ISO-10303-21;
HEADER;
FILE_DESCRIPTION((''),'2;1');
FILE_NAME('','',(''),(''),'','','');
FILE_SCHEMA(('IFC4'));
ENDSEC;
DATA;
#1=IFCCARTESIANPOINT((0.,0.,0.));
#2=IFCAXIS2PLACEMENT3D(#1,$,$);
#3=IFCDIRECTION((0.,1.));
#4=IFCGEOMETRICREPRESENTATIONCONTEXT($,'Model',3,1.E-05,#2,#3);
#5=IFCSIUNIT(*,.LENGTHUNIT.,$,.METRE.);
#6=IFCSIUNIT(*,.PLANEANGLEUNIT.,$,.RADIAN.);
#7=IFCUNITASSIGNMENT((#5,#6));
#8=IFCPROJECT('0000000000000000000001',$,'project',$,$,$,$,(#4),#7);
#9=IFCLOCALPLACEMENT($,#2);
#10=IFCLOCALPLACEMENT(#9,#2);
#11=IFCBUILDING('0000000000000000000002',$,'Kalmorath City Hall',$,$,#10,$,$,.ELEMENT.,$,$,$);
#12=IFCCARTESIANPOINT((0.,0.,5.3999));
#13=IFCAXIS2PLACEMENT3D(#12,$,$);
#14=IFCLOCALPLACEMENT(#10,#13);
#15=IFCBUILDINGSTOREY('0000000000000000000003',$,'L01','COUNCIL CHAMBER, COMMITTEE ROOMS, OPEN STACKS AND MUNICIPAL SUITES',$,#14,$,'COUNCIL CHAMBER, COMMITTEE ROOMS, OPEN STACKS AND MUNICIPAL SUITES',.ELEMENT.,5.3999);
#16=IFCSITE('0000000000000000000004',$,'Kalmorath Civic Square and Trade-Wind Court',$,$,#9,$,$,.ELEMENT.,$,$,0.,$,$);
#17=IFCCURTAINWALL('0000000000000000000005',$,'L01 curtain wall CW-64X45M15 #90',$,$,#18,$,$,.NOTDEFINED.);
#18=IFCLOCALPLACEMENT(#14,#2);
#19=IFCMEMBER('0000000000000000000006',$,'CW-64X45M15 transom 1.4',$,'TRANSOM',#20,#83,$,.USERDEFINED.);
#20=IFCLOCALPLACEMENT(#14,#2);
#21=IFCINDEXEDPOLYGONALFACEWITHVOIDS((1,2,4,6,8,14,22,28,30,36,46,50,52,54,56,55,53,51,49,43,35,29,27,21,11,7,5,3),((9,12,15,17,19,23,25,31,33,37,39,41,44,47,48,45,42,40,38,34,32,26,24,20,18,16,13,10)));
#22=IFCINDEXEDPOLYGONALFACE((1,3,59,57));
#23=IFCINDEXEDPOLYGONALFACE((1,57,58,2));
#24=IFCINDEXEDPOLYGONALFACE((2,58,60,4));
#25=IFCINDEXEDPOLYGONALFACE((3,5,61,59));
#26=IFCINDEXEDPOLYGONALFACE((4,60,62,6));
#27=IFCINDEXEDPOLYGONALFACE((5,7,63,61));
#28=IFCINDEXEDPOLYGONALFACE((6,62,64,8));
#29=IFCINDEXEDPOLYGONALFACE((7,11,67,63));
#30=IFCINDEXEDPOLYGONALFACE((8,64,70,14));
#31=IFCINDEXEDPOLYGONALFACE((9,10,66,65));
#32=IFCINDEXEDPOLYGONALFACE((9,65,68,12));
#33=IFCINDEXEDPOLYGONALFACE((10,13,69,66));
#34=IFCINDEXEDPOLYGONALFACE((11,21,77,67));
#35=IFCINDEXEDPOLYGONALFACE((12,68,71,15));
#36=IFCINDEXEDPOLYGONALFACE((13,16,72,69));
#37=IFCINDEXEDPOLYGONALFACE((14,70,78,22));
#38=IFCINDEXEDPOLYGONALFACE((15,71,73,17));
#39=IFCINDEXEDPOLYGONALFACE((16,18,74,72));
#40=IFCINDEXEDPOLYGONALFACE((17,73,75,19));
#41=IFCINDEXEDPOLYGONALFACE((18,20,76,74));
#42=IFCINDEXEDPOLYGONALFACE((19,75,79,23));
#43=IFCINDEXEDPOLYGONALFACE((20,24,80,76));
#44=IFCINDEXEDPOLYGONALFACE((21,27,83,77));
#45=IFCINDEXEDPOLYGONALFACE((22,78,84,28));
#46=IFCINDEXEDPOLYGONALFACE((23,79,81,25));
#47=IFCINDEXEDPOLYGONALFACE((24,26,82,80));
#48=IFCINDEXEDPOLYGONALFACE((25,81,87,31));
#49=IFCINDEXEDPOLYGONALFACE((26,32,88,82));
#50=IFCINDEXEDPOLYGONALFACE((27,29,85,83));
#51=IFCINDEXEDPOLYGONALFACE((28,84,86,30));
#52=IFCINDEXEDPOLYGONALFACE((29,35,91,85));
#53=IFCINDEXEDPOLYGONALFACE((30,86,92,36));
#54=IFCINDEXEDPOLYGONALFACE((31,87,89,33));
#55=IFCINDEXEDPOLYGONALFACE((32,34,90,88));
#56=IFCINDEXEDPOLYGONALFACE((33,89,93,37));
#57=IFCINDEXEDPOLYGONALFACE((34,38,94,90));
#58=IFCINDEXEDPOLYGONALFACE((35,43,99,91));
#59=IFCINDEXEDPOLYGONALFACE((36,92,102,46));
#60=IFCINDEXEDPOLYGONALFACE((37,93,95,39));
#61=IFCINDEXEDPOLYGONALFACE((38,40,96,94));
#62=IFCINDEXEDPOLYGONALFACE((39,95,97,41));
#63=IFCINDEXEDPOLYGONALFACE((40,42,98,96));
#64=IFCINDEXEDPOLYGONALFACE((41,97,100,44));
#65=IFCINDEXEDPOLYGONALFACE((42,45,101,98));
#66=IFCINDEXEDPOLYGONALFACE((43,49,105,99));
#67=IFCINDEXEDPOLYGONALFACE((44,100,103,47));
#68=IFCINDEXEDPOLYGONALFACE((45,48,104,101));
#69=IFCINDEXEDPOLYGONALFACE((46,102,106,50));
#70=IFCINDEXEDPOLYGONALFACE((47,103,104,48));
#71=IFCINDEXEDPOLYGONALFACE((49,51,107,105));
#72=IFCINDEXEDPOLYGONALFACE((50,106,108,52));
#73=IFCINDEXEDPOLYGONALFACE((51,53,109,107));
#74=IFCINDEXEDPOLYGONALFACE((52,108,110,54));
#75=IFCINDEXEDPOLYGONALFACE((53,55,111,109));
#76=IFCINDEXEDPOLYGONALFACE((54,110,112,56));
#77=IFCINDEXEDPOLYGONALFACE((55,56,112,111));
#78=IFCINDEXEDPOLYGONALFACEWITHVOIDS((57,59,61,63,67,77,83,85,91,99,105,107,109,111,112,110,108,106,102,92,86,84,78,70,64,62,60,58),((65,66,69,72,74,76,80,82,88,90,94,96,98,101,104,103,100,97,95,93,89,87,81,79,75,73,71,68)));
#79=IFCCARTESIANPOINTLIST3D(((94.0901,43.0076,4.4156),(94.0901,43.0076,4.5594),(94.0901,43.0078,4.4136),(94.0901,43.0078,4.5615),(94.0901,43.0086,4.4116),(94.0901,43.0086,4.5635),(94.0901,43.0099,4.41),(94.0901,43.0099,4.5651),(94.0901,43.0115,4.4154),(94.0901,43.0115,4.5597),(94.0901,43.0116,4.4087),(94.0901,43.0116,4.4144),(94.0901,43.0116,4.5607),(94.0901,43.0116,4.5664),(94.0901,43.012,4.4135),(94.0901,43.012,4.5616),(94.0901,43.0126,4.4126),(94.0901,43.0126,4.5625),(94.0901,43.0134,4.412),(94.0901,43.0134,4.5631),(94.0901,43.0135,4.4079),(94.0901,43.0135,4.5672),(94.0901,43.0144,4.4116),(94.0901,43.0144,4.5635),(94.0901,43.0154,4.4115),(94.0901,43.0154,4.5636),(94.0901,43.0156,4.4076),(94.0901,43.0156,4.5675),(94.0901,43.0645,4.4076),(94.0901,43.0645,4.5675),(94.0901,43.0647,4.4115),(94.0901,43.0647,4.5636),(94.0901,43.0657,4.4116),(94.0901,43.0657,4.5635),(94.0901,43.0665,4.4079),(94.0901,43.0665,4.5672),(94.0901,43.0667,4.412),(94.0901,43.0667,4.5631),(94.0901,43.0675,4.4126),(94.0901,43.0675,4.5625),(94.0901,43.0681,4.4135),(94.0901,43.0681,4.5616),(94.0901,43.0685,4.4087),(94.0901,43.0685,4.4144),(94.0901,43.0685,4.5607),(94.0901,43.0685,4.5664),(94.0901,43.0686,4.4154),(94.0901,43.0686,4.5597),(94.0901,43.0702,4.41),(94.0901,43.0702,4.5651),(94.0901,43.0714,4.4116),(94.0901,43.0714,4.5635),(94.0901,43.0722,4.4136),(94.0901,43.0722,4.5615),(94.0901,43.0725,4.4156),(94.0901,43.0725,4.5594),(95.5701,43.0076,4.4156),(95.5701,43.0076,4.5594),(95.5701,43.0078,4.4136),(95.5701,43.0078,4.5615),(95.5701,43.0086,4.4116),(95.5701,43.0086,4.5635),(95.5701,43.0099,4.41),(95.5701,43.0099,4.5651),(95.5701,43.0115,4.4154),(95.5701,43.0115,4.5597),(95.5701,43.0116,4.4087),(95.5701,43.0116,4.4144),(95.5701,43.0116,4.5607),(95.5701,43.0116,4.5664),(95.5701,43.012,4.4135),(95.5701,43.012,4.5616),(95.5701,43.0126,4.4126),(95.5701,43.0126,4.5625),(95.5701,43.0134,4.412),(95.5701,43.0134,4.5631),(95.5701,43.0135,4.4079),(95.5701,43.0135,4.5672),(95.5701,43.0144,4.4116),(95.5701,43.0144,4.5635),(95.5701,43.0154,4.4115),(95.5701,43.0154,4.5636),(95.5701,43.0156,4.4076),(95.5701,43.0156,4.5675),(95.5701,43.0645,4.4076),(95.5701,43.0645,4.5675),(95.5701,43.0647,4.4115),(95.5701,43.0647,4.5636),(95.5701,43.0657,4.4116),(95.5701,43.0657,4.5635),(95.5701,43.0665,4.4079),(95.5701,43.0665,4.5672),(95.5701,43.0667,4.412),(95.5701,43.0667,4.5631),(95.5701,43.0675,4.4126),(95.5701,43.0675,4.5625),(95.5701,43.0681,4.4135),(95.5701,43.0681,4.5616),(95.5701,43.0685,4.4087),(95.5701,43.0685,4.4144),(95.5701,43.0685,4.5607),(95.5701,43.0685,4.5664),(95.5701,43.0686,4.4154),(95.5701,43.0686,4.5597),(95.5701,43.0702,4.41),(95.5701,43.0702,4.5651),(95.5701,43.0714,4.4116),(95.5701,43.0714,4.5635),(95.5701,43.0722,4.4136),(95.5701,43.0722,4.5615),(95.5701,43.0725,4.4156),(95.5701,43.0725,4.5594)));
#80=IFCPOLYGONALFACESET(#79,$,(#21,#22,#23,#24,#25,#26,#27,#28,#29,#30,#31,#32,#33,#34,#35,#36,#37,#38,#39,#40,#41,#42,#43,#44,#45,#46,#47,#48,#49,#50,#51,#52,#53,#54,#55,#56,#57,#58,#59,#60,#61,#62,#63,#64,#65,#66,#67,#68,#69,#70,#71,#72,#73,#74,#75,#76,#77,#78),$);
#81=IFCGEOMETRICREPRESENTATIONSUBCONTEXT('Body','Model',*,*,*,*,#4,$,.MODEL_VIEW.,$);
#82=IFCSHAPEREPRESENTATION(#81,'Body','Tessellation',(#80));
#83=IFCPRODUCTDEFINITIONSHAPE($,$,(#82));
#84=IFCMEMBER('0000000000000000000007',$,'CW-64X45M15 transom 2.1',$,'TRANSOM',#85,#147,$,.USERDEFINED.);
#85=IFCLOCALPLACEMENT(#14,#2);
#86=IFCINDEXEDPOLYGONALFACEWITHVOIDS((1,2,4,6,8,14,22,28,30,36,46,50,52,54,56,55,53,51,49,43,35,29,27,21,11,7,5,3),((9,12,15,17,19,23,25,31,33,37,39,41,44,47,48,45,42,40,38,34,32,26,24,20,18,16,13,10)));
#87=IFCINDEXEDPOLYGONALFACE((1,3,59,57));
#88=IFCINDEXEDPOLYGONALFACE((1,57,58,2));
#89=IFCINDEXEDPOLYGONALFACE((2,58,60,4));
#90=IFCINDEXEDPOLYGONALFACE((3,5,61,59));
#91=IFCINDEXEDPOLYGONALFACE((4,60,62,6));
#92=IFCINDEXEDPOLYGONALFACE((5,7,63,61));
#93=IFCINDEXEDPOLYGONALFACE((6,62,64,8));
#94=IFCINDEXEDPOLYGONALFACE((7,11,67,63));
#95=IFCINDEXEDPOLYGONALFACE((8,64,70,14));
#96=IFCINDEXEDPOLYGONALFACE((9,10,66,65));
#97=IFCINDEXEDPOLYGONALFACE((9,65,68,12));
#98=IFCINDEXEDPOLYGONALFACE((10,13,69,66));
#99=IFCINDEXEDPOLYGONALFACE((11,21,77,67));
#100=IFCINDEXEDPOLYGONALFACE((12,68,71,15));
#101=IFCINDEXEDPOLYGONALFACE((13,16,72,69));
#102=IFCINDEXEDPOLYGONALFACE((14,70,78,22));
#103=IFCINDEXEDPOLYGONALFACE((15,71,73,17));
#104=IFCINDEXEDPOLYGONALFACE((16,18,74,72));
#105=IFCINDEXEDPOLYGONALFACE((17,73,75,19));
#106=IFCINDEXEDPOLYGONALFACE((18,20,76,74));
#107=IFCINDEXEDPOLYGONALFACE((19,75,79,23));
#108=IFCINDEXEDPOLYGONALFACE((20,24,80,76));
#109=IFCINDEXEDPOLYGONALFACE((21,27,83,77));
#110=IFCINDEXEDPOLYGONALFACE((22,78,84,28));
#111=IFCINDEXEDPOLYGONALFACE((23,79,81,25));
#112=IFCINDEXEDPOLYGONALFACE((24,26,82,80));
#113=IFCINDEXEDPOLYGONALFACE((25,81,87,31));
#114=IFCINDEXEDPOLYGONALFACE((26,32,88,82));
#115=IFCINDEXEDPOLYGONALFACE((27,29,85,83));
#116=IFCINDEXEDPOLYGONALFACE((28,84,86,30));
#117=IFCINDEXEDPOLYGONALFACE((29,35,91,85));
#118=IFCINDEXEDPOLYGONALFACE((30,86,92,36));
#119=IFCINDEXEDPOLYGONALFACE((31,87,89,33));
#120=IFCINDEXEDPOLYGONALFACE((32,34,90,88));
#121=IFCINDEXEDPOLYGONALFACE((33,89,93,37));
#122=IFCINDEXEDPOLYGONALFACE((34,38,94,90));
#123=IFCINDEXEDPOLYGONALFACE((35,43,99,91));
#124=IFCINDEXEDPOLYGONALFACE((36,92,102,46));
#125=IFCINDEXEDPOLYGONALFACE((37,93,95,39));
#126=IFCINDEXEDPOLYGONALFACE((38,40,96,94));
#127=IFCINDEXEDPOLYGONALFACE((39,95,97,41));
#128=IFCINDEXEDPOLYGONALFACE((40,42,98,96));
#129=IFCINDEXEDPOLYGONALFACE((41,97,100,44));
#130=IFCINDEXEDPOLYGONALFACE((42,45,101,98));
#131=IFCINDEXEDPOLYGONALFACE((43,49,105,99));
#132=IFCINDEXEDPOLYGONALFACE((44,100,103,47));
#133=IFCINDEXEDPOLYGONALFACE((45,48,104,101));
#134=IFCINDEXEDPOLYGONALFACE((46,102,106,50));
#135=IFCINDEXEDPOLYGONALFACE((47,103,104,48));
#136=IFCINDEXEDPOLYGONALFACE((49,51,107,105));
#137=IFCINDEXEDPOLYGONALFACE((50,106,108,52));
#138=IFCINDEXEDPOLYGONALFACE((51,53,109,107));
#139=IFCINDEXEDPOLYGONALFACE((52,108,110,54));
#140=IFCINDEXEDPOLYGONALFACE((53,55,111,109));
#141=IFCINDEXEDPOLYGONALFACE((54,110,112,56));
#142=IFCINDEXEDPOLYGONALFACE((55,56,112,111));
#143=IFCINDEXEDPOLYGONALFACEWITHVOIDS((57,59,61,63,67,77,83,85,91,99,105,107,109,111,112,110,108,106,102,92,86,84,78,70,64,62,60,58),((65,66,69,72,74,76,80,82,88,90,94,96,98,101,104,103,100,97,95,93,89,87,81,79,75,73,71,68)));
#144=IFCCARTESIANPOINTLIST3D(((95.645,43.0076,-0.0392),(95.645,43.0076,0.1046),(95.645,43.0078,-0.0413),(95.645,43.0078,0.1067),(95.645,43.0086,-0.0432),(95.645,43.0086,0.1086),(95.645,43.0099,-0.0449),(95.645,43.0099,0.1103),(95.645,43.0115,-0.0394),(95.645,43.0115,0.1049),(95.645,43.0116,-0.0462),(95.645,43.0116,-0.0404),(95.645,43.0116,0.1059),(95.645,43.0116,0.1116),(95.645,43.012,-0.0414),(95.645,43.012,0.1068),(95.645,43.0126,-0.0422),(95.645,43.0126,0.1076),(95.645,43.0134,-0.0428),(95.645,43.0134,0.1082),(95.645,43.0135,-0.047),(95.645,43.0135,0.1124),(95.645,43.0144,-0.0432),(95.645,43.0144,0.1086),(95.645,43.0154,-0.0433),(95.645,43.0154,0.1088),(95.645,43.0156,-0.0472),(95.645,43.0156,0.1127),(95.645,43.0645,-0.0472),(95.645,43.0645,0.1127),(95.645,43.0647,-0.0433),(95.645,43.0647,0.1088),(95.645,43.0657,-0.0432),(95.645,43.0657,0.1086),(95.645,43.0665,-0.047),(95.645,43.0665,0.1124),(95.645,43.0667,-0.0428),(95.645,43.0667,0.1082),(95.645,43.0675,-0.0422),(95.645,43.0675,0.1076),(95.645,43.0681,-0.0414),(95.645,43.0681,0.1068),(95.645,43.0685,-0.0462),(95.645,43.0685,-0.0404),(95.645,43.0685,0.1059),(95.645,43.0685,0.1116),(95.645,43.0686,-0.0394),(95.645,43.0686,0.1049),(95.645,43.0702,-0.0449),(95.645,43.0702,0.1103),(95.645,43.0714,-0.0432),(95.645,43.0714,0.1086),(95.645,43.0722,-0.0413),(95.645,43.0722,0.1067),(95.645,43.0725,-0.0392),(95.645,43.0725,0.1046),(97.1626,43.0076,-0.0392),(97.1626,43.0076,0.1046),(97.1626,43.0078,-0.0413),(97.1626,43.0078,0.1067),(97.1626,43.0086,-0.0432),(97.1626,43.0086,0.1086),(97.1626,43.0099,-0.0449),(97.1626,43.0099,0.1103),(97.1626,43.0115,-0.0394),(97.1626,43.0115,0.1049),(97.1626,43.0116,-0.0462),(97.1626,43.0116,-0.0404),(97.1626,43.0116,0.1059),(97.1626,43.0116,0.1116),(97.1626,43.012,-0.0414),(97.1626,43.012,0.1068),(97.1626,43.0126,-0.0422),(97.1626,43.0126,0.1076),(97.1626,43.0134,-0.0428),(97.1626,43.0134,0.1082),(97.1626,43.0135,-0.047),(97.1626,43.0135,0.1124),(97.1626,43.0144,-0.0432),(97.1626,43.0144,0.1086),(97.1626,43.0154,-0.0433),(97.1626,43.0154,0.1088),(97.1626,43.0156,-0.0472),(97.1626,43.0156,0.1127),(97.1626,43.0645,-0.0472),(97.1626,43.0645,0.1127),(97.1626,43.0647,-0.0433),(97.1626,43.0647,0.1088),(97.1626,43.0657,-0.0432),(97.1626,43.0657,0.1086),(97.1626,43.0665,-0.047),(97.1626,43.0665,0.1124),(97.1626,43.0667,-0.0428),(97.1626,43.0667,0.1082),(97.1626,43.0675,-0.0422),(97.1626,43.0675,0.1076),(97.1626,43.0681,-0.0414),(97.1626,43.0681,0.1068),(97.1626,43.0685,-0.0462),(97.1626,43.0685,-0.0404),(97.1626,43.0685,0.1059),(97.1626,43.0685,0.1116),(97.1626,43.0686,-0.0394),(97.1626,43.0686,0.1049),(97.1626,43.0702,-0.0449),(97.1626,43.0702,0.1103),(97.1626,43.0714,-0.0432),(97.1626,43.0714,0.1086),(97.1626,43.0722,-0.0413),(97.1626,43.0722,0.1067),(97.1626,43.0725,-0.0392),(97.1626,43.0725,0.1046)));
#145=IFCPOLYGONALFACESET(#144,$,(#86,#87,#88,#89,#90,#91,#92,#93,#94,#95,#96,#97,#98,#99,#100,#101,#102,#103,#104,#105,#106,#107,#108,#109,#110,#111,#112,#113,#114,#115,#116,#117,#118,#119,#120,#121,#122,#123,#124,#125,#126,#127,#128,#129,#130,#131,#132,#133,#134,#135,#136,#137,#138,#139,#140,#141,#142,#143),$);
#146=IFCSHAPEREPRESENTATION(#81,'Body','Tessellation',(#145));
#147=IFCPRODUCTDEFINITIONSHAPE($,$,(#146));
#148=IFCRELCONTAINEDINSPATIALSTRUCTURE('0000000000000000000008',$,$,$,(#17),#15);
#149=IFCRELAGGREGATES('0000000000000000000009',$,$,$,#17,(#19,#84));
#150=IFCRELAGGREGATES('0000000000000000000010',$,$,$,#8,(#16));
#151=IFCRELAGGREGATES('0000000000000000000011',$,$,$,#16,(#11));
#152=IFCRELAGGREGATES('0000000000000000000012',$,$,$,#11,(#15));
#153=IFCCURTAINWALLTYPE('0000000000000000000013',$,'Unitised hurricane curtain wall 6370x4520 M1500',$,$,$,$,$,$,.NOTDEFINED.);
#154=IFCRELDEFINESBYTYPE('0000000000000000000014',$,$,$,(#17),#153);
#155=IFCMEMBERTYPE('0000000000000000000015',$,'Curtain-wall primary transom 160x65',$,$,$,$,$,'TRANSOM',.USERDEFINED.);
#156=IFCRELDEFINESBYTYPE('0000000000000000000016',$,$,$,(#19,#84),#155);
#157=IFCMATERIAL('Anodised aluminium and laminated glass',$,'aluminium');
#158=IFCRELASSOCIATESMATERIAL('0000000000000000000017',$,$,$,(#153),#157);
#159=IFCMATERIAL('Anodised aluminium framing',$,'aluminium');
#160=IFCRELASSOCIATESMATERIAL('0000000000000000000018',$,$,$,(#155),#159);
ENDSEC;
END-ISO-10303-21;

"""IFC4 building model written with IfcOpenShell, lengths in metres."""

from ifc_helpers import new_model, si_unit, direction, frame, origin, origin_2d, place, context, subcontext, project, spatial, hollow_rectangle, extrude, material, material_profile, profile_set, type_object, element, aggregate, save


model = new_model("IFC4")

# Units and contexts
model_context = context("Model", 3, precision=1e-05, world=origin(), true_north=direction((0.0, 1.0)))
body_context = subcontext(model_context, "Body", "Model", "MODEL_VIEW")
ifc_project = project(units=[si_unit("LENGTHUNIT", "METRE"), si_unit("PLANEANGLEUNIT", "RADIAN")], contexts=[model_context])

# Site, building, storey
site_placement = place(None, origin())
site = spatial("IfcSite", under=ifc_project, at=site_placement, Name="Kalmorath Civic Square and Trade-Wind Court", CompositionType="ELEMENT", RefElevation=0.0)
building_placement = place(site_placement, origin())
building = spatial("IfcBuilding", under=site, at=building_placement, Name="Kalmorath City Hall", CompositionType="ELEMENT")
storey_placement = place(building_placement, frame((0.0, 0.0, 5.3999)))
storey = spatial("IfcBuildingStorey", under=building, at=storey_placement, Name="L01", Description="COUNCIL CHAMBER, COMMITTEE ROOMS, OPEN STACKS AND MUNICIPAL SUITES", LongName="COUNCIL CHAMBER, COMMITTEE ROOMS, OPEN STACKS AND MUNICIPAL SUITES", CompositionType="ELEMENT", Elevation=5.3999)

# Curtain wall
ifc_material_1 = material(Name="Anodised aluminium and laminated glass", Category="aluminium")
curtain_wall_type_1 = type_object("IfcCurtainWallType", Name="Unitised hurricane curtain wall 6370x4520 M1500", PredefinedType="NOTDEFINED", material=ifc_material_1)
curtain_wall_1_placement = place(storey_placement, origin())
curtain_wall_1 = element("IfcCurtainWall", 1, at=curtain_wall_1_placement, inside=storey, type_object=curtain_wall_type_1, Name="L01 curtain wall CW-64X45M15 #90", PredefinedType="NOTDEFINED")

# Members
ifc_material_2 = material(Name="Anodised aluminium framing", Category="aluminium")
ifc_material_profile_1 = material_profile(ifc_material_2, hollow_rectangle(XDim=0.0649, YDim=0.1599, WallThickness=0.0039, InnerFilletRadius=0.0039, OuterFilletRadius=0.0081, at=origin_2d()), Name="ALU-TRN-160X65X4")
ifc_profile_set_1 = profile_set([ifc_material_profile_1], Name="Anodised aluminium framing")
member_type_1 = type_object("IfcMemberType", Name="Curtain-wall primary transom 160x65", ElementType="TRANSOM", PredefinedType="USERDEFINED", material=ifc_profile_set_1)
member_1_placement = place(storey_placement, frame((94.0901, 43.04, 4.4875), z_axis=(1.0, 0.0, 0.0), x_axis=(0.0, 1.0, 0.0)))
member_1 = element("IfcMember", 2, at=member_1_placement, type_object=member_type_1, Name="CW-64X45M15 transom 1.4", ObjectType="TRANSOM", PredefinedType="USERDEFINED", context=body_context, shape_type="SweptSolid", body=[
    extrude(hollow_rectangle(XDim=0.0649, YDim=0.1599, WallThickness=0.0039, InnerFilletRadius=0.0039, OuterFilletRadius=0.0081, at=origin_2d()), origin(), (0.0, 0.0, 1.0), 1.48),
])
member_2_placement = place(storey_placement, frame((95.645, 43.04, 0.0327), z_axis=(1.0, 0.0, 0.0), x_axis=(0.0, 1.0, 0.0)))
member_2 = element("IfcMember", 3, at=member_2_placement, type_object=member_type_1, Name="CW-64X45M15 transom 2.1", ObjectType="TRANSOM", PredefinedType="USERDEFINED", context=body_context, shape_type="SweptSolid", body=[
    extrude(hollow_rectangle(XDim=0.0649, YDim=0.1599, WallThickness=0.0039, InnerFilletRadius=0.0039, OuterFilletRadius=0.0081, at=origin_2d()), origin(), (0.0, 0.0, 1.0), 1.5176),
])

aggregate(curtain_wall_1, [member_1, member_2])

save(model, "model.ifc")
